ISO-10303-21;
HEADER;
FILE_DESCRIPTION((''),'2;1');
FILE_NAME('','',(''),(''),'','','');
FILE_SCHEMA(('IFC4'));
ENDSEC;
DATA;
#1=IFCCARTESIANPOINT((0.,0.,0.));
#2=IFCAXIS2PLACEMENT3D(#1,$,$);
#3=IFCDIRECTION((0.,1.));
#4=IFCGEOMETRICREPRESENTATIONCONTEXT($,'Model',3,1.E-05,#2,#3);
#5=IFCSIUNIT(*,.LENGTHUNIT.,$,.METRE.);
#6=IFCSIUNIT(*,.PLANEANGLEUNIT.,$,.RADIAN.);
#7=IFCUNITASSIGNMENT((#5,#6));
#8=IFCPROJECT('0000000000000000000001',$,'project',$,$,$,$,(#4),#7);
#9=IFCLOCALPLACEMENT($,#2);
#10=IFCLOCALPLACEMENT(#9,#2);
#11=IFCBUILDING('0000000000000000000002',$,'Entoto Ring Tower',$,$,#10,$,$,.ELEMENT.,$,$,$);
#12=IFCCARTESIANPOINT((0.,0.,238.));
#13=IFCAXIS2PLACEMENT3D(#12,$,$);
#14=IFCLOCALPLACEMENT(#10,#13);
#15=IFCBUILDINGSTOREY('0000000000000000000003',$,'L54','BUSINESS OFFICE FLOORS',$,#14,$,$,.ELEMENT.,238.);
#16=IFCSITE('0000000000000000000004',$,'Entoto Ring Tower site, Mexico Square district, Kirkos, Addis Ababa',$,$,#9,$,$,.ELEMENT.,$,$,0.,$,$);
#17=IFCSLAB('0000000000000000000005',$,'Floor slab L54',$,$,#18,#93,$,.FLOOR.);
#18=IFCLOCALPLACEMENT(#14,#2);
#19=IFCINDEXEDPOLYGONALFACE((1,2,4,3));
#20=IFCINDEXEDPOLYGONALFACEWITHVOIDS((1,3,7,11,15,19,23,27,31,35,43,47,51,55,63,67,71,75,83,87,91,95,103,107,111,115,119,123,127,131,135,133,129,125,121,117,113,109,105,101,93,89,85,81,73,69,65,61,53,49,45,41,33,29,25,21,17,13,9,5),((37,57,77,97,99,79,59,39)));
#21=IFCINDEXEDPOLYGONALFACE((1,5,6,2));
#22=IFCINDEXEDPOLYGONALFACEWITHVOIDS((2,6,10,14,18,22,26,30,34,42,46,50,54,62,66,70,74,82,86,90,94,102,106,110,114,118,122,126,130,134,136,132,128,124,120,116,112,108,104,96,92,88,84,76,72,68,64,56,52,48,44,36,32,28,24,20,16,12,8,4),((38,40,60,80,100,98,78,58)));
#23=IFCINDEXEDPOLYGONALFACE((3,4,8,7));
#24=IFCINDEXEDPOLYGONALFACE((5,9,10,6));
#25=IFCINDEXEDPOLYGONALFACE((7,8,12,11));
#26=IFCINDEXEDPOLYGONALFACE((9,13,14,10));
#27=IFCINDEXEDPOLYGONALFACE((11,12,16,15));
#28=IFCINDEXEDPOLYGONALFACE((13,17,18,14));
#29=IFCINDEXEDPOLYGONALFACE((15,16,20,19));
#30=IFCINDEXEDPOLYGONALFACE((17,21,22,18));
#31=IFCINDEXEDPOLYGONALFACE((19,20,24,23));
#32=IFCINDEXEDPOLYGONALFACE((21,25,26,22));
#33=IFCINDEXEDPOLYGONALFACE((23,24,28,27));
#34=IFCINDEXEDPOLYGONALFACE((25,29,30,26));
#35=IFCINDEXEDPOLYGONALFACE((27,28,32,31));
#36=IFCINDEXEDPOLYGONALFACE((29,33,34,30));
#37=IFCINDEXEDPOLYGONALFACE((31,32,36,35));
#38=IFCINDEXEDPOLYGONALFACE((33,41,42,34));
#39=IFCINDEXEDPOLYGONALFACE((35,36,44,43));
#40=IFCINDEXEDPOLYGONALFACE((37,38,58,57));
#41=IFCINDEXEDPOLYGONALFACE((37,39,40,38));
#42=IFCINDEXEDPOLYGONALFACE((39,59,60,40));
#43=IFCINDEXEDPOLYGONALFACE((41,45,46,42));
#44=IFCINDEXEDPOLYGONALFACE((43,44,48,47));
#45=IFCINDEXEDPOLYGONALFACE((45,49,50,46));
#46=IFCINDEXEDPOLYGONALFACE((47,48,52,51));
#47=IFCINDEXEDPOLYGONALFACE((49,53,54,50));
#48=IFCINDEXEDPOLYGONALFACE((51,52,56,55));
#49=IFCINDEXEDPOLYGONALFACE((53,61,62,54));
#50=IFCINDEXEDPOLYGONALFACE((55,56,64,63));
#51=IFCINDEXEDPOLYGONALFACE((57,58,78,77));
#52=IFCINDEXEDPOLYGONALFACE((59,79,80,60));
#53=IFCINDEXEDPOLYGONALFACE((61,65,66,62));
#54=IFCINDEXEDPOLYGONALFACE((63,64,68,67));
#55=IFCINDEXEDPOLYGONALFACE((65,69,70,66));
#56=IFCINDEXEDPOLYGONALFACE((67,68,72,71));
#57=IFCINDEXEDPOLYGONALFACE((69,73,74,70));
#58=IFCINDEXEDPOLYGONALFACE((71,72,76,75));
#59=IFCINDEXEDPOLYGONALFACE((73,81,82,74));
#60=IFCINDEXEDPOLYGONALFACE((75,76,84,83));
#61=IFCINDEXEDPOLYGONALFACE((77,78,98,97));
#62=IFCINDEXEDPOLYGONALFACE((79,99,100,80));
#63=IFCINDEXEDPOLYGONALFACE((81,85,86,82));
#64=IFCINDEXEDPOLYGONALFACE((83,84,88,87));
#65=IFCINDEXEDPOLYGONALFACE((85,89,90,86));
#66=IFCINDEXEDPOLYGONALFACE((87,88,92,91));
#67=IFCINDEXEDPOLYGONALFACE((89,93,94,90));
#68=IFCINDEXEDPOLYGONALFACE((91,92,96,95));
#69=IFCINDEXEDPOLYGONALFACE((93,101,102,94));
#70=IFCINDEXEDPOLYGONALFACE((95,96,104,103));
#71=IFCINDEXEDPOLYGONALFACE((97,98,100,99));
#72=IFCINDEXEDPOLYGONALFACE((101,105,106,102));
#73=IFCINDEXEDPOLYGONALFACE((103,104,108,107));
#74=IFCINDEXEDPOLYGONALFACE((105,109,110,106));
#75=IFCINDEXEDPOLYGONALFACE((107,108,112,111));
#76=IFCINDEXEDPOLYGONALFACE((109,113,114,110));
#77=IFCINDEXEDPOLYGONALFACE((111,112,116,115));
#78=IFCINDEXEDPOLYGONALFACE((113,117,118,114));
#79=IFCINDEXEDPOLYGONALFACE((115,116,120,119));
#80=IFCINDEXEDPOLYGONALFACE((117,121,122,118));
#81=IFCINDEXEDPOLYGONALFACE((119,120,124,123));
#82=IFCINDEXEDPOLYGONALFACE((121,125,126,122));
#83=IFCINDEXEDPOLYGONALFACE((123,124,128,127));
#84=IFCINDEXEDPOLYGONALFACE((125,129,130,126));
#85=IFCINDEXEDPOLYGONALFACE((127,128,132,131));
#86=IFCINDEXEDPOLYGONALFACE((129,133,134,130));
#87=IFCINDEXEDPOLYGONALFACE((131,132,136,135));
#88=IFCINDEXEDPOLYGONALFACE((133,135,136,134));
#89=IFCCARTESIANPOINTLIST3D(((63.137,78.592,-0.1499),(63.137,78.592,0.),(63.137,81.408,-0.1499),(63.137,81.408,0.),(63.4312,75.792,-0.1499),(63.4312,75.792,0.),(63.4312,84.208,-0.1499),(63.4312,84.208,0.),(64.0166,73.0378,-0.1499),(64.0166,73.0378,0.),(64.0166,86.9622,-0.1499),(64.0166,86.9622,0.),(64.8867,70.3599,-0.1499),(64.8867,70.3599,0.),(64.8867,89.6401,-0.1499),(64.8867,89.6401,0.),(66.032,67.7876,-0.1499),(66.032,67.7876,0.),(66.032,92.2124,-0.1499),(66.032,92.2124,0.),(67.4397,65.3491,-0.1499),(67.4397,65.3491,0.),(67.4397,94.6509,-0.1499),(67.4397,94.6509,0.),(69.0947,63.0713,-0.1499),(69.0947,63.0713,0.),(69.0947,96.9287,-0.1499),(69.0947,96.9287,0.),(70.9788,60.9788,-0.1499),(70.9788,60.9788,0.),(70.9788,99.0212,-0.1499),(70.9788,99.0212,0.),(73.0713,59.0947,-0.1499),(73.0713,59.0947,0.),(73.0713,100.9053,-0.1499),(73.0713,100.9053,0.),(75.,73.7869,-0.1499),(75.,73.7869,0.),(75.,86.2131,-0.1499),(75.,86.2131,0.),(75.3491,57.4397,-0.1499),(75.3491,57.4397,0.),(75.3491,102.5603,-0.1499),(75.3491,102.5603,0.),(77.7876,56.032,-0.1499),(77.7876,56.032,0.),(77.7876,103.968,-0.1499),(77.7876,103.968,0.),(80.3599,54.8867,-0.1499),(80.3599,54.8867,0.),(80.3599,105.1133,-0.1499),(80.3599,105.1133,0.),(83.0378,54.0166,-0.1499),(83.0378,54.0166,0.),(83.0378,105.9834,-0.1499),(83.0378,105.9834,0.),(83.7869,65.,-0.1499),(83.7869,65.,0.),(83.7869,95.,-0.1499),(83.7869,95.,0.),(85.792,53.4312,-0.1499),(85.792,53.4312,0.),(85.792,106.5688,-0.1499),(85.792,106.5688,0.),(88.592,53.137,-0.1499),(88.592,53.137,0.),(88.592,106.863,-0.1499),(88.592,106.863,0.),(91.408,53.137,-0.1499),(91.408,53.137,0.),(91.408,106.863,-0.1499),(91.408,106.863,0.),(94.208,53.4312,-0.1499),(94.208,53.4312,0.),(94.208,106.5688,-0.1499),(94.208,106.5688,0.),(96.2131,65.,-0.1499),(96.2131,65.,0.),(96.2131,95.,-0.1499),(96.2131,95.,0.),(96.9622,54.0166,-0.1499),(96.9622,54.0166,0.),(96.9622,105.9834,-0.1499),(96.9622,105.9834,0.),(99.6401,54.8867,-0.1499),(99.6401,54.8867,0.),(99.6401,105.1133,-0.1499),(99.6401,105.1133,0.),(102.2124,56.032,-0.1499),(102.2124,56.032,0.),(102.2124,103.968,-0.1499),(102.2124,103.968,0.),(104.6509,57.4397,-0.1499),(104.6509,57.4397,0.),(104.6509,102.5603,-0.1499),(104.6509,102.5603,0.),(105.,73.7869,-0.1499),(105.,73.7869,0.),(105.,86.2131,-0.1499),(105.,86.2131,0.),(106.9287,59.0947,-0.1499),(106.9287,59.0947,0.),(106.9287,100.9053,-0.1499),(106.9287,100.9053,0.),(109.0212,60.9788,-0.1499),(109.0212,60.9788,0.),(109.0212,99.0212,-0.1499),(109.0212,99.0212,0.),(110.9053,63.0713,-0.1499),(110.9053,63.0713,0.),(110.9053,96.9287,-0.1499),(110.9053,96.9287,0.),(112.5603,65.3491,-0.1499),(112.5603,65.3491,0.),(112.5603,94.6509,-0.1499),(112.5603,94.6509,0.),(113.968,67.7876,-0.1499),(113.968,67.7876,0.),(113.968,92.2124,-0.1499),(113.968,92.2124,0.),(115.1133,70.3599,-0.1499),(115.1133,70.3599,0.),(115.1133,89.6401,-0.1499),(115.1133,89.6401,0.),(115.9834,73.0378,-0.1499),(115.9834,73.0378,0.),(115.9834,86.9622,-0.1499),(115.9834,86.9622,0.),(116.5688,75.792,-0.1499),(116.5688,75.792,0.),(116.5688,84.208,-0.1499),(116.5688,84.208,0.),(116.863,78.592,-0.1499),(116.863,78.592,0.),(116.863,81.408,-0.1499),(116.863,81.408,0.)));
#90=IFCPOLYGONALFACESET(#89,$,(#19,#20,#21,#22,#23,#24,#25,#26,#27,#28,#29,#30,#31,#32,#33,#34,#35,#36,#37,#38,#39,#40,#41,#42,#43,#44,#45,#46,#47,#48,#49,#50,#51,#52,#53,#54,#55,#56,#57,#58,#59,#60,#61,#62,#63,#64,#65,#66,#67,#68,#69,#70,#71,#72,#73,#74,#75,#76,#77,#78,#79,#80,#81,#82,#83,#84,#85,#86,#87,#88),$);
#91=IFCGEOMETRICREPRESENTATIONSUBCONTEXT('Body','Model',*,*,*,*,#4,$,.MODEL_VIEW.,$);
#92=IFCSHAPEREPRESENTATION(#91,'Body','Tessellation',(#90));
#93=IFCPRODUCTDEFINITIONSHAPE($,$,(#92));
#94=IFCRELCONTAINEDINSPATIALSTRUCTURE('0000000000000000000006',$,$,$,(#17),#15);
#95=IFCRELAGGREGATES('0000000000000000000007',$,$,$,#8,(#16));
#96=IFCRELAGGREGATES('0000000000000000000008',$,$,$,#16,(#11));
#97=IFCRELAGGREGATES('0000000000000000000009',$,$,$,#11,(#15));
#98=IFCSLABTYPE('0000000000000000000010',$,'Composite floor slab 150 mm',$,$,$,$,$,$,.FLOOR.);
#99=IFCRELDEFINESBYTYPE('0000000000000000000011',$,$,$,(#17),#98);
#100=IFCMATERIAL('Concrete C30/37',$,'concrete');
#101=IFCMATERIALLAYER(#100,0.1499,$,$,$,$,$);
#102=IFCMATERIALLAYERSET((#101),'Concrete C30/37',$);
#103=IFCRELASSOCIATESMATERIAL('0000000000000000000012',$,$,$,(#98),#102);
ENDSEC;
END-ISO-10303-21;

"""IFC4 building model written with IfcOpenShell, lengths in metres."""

from ifc_helpers import new_model, si_unit, direction, frame, origin, place, context, subcontext, project, spatial, polyline, outline, extrude, material, layer, layer_set, type_object, element, save


model = new_model("IFC4")

# Units and contexts
model_context = context("Model", 3, precision=1e-05, world=origin(), true_north=direction((0.0, 1.0)))
body_context = subcontext(model_context, "Body", "Model", "MODEL_VIEW")
ifc_project = project(units=[si_unit("LENGTHUNIT", "METRE"), si_unit("PLANEANGLEUNIT", "RADIAN")], contexts=[model_context])

# Site, building, storey
site_placement = place(None, origin())
building_placement = place(site_placement, origin())
storey_placement = place(building_placement, frame((0.0, 0.0, 238.0)))
site = spatial("IfcSite", under=ifc_project, at=site_placement, Name="Entoto Ring Tower site, Mexico Square district, Kirkos, Addis Ababa", CompositionType="ELEMENT", RefElevation=0.0)
building = spatial("IfcBuilding", under=site, at=building_placement, Name="Entoto Ring Tower", CompositionType="ELEMENT")
storey = spatial("IfcBuildingStorey", under=building, at=storey_placement, Name="L54", Description="BUSINESS OFFICE FLOORS", CompositionType="ELEMENT", Elevation=238.0)

# Slab
ifc_material_1 = material(Name="Concrete C30/37", Category="concrete")
ifc_layer_1 = layer(ifc_material_1, 0.1499)
ifc_layer_set_1 = layer_set([ifc_layer_1], Name="Concrete C30/37")
slab_type = type_object("IfcSlabType", Name="Composite floor slab 150 mm", PredefinedType="FLOOR", material=ifc_layer_set_1)
slab_placement = place(storey_placement, frame((0.0, 0.0, -0.1499)))
element("IfcSlab", 1, at=slab_placement, inside=storey, type_object=slab_type, Name="Floor slab L54", PredefinedType="FLOOR", context=body_context, shape_type="SweptSolid", body=[
    extrude(outline(polyline([(116.5688, 84.208), (115.9834, 86.9622), (115.1133, 89.6401), (113.968, 92.2124), (112.5603, 94.6509), (110.9053, 96.9287), (109.0212, 99.0212), (106.9287, 100.9053), (104.6509, 102.5603), (102.2124, 103.968), (99.6401, 105.1133), (96.9622, 105.9834), (94.208, 106.5688), (91.408, 106.863), (88.592, 106.863), (85.792, 106.5688), (83.0378, 105.9834), (80.3599, 105.1133), (77.7876, 103.968), (75.3491, 102.5603), (73.0713, 100.9053), (70.9788, 99.0212), (69.0947, 96.9287), (67.4397, 94.6509), (66.032, 92.2124), (64.8867, 89.6401), (64.0166, 86.9622), (63.4312, 84.208), (63.137, 81.408), (63.137, 78.592), (63.4312, 75.792), (64.0166, 73.0378), (64.8867, 70.3599), (66.032, 67.7876), (67.4397, 65.3491), (69.0947, 63.0713), (70.9788, 60.9788), (73.0713, 59.0947), (75.3491, 57.4397), (77.7876, 56.032), (80.3599, 54.8867), (83.0378, 54.0166), (85.792, 53.4312), (88.592, 53.137), (91.408, 53.137), (94.208, 53.4312), (96.9622, 54.0166), (99.6401, 54.8867), (102.2124, 56.032), (104.6509, 57.4397), (106.9287, 59.0947), (109.0212, 60.9788), (110.9053, 63.0713), (112.5603, 65.3491), (113.968, 67.7876), (115.1133, 70.3599), (115.9834, 73.0378), (116.5688, 75.792), (116.863, 78.592), (116.863, 81.408), (116.5688, 84.208)]), holes=[polyline([(105.0, 73.7869), (105.0, 86.2131), (96.2131, 95.0), (83.7869, 95.0), (75.0, 86.2131), (75.0, 73.7869), (83.7869, 65.0), (96.2131, 65.0), (105.0, 73.7869)])]), origin(), (0.0, 0.0, 1.0), 0.1499),
])

save(model, "model.ifc")
